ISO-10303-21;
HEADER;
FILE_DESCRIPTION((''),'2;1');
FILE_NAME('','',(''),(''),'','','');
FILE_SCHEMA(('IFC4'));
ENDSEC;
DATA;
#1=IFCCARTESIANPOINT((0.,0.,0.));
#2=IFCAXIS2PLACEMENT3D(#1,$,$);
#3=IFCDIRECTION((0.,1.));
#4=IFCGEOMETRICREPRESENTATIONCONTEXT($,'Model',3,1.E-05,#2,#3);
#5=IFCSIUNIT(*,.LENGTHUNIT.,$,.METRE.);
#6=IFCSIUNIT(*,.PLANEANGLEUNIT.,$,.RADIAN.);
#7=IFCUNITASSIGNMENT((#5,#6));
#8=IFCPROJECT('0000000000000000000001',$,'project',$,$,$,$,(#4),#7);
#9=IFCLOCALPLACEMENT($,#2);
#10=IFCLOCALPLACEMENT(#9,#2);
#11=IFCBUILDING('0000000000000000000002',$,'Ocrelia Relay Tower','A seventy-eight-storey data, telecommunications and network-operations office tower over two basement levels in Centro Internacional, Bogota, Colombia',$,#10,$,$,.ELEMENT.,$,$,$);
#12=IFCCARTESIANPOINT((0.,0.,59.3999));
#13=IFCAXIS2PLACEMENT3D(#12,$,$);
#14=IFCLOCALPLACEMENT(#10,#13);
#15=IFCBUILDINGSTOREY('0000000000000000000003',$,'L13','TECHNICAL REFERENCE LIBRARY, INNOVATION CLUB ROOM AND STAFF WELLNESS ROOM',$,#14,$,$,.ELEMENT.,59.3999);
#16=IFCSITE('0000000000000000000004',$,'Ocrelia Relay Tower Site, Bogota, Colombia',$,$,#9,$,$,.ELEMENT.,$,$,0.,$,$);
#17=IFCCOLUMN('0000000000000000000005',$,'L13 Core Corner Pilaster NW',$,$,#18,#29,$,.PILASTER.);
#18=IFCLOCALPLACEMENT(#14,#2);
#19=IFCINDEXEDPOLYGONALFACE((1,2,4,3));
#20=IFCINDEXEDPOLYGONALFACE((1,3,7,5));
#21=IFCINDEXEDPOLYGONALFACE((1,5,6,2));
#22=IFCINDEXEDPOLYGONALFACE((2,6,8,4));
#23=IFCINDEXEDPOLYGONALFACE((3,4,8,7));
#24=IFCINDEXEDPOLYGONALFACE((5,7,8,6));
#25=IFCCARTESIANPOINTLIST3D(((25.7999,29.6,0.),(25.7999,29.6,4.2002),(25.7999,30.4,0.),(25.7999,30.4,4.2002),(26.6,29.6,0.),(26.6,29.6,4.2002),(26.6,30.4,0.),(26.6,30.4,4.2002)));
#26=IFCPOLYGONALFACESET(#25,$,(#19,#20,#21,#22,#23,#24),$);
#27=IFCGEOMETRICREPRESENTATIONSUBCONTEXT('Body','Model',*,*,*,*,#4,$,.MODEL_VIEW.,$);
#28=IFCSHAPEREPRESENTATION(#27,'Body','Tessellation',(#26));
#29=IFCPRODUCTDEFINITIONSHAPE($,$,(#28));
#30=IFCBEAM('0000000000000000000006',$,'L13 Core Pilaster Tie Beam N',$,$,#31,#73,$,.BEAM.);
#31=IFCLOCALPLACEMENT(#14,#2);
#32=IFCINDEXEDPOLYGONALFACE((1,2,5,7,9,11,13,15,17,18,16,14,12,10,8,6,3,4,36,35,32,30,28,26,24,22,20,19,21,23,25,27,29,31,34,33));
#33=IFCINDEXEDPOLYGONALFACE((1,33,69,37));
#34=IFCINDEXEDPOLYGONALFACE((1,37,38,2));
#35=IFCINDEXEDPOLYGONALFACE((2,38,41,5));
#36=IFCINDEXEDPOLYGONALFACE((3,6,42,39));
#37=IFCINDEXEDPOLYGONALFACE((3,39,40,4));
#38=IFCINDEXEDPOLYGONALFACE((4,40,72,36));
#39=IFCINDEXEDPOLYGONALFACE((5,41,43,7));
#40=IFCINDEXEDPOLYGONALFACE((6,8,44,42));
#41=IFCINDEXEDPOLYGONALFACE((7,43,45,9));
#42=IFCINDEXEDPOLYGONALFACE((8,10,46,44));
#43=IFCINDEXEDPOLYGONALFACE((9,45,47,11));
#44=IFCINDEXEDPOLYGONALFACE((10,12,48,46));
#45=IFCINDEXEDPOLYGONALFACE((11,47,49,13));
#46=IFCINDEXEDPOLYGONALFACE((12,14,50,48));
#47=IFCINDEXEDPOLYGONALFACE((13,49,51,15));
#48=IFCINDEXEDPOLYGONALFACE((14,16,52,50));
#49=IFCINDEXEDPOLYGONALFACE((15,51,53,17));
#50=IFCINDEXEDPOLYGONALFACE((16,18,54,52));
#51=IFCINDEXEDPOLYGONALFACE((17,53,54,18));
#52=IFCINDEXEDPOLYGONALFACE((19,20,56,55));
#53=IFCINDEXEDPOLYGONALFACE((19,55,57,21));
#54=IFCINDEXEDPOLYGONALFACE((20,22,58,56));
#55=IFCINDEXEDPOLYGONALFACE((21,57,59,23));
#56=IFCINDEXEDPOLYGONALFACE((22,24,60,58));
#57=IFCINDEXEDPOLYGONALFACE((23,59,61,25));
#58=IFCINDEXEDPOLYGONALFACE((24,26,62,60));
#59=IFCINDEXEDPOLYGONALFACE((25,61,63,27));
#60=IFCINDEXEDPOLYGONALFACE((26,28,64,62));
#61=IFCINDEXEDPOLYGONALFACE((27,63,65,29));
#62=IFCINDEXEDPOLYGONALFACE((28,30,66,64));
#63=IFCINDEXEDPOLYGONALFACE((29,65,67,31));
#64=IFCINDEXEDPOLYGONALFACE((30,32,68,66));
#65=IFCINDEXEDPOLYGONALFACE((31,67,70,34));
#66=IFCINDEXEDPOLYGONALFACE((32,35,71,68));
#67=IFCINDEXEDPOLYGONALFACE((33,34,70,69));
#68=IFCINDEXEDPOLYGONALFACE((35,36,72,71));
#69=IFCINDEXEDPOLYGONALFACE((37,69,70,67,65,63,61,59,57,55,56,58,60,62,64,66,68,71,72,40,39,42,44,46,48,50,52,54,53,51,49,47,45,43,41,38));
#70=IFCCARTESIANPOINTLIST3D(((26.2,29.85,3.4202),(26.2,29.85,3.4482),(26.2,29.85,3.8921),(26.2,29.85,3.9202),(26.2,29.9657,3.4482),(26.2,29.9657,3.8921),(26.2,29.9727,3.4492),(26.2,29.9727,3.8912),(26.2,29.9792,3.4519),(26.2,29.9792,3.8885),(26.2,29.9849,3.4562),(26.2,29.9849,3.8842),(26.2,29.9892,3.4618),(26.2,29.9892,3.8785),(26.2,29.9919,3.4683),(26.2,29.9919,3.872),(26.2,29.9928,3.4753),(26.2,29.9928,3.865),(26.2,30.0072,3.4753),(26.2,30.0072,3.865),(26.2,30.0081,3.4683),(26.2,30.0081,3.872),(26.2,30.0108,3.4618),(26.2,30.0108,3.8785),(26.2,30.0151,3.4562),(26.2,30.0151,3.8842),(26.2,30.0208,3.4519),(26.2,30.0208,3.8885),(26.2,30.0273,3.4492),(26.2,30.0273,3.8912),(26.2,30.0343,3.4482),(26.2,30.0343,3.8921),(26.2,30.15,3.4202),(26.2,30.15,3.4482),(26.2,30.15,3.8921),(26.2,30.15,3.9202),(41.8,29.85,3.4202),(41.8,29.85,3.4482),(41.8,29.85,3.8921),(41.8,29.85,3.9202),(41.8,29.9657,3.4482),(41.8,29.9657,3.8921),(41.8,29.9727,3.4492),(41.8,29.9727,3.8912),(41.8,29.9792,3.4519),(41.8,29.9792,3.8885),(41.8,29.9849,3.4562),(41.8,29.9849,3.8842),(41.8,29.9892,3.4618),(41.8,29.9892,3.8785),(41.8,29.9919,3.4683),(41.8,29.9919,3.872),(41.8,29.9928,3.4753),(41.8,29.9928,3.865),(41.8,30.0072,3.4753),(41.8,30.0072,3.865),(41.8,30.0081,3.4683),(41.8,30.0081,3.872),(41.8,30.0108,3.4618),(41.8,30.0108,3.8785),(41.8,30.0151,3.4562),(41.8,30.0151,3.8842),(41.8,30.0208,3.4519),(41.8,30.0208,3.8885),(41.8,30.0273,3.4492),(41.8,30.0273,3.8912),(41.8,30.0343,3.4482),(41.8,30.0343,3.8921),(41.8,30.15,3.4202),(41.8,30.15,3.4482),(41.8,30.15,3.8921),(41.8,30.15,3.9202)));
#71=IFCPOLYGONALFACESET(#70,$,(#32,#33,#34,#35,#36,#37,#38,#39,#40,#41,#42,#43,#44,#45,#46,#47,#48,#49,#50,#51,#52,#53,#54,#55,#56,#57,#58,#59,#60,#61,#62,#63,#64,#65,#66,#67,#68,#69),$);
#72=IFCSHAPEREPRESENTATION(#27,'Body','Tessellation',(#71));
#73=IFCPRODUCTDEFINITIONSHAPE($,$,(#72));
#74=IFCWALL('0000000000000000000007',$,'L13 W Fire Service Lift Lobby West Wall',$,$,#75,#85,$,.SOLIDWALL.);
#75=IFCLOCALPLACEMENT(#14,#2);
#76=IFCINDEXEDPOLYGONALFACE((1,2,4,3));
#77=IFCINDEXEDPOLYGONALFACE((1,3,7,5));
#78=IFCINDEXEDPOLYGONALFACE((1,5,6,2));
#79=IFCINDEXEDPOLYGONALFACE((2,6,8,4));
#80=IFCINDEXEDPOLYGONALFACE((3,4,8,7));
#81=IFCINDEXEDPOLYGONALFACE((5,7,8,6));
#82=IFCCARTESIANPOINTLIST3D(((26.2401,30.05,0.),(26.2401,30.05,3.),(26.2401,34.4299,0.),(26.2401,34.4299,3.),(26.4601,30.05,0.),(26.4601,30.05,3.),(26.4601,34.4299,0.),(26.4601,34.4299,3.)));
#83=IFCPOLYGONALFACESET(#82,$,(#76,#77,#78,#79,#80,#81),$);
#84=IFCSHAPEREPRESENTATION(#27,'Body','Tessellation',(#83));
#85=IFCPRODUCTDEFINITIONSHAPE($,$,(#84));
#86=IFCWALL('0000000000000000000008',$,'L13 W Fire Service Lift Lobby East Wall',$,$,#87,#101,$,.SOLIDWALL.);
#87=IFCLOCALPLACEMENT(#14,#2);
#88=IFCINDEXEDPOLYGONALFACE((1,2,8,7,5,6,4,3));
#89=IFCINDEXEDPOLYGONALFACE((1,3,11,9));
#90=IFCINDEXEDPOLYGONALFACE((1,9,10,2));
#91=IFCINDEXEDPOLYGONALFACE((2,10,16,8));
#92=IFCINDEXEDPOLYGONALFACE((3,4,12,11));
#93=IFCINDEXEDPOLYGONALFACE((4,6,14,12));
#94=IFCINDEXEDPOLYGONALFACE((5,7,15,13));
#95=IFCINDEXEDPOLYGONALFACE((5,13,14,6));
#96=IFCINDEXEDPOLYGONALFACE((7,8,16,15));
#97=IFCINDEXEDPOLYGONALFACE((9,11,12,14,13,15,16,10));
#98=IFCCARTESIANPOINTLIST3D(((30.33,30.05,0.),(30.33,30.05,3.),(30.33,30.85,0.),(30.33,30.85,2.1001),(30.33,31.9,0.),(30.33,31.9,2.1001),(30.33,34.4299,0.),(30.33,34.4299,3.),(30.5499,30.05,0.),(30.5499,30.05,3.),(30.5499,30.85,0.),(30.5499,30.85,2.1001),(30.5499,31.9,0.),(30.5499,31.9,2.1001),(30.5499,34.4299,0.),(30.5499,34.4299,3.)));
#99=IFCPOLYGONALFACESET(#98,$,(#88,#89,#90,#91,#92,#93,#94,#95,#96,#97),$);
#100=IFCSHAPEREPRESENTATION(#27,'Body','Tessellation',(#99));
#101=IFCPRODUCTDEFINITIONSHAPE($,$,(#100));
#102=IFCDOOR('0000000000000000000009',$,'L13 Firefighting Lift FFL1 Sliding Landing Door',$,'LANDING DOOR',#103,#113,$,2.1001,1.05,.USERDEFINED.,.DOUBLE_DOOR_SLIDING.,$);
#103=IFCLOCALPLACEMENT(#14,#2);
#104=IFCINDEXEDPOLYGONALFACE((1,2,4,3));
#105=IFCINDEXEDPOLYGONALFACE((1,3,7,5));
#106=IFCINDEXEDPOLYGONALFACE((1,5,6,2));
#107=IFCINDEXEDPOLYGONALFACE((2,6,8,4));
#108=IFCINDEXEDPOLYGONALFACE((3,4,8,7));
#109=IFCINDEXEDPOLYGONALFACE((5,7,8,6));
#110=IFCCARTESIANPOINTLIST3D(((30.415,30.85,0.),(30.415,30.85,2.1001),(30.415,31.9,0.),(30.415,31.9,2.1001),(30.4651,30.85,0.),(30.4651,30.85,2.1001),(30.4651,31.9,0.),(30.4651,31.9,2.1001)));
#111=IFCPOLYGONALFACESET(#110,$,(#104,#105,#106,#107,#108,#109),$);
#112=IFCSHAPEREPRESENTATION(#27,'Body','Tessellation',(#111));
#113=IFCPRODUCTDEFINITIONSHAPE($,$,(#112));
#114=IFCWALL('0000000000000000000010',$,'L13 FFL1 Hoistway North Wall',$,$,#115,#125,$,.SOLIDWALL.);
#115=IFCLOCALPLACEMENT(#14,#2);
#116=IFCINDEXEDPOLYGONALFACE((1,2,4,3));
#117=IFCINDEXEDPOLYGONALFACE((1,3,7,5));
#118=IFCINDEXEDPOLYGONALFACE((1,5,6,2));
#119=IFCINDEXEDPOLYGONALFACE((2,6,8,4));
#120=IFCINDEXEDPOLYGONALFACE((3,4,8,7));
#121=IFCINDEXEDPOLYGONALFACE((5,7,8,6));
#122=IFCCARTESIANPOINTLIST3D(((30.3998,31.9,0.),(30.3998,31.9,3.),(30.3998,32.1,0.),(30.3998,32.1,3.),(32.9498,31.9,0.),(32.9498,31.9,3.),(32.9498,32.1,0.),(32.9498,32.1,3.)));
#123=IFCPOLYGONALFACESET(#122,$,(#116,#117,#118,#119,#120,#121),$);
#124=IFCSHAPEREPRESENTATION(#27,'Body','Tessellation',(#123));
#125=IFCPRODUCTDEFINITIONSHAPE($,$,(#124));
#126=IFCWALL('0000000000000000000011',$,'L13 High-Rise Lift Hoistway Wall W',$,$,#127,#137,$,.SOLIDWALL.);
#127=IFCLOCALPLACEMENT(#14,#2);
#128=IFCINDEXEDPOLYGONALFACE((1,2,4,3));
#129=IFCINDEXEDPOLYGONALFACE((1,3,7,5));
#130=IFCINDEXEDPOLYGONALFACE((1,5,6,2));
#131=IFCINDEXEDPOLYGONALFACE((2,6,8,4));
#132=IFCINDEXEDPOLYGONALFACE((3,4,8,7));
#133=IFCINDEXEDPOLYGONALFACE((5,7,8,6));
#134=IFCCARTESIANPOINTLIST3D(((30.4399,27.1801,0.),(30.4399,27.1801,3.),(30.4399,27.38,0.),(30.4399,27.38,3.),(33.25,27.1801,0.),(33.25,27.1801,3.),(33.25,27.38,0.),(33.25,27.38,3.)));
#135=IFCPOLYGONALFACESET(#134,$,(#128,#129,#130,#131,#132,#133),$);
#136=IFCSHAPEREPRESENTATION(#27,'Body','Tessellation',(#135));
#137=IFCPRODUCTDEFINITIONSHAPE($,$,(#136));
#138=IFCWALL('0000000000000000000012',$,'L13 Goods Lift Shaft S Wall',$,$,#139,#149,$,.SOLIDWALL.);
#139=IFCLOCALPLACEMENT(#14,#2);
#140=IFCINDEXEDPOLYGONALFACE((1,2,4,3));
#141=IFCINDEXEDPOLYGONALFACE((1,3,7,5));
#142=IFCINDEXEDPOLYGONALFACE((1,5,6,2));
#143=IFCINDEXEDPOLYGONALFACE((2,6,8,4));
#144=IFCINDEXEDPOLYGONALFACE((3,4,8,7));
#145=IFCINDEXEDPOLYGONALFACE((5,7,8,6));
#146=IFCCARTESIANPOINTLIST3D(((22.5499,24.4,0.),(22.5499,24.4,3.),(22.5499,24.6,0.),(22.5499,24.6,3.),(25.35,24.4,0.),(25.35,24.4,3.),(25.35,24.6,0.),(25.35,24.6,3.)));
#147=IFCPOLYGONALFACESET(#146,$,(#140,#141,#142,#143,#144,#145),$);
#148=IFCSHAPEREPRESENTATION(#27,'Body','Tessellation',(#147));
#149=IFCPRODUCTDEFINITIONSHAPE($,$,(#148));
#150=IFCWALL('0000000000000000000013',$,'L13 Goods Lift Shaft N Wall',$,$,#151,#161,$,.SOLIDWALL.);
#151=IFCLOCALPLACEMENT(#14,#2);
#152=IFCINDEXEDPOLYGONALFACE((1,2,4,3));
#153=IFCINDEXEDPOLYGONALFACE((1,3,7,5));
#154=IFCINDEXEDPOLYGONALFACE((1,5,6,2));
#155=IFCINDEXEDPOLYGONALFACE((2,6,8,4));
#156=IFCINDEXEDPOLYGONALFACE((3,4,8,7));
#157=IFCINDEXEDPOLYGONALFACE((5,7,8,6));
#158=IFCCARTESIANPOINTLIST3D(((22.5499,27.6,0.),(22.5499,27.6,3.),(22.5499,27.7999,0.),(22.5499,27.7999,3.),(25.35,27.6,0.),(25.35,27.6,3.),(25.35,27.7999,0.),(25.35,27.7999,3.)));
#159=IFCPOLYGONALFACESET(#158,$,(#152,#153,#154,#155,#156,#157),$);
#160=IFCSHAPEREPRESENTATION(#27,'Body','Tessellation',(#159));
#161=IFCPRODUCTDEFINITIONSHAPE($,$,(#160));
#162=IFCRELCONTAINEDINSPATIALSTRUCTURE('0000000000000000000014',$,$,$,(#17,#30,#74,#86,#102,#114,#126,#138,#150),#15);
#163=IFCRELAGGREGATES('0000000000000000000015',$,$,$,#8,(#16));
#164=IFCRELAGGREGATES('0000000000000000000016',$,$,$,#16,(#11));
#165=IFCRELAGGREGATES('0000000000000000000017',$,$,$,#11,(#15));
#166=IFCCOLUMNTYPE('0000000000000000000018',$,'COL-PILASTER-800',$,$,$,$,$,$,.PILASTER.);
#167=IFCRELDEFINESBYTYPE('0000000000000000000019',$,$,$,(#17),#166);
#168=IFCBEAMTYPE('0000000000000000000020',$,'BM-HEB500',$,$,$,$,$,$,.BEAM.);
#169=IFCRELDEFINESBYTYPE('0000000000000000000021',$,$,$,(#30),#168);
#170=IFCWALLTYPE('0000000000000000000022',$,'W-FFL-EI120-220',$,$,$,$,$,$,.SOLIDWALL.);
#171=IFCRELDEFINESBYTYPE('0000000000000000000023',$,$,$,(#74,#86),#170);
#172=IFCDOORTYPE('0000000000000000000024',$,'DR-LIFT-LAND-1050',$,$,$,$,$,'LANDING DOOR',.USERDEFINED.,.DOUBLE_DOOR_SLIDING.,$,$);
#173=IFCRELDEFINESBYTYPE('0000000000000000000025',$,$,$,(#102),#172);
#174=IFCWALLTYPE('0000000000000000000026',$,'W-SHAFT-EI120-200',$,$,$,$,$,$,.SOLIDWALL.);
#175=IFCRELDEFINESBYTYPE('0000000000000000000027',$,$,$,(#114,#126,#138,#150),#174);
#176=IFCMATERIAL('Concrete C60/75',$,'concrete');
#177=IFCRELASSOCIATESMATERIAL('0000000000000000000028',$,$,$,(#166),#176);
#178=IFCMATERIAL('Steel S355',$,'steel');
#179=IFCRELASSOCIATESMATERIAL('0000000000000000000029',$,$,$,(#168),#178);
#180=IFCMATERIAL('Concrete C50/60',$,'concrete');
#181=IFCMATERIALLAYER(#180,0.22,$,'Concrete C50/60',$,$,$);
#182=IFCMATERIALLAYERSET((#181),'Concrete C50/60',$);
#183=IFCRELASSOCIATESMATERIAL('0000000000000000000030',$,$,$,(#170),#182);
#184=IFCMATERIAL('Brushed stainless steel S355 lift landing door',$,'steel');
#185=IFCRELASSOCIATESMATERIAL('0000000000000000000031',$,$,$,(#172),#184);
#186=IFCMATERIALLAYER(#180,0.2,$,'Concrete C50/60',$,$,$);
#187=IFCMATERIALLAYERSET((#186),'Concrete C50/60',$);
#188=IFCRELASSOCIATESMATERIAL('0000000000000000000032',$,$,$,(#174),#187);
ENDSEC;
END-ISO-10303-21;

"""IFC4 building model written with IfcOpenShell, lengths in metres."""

from ifc_helpers import new_model, si_unit, direction, frame, frame_2d, origin, origin_2d, place, context, subcontext, project, spatial, rectangle, i_section, extrude, material, layer, layer_set, material_profile, profile_set, type_object, element, fill, save


model = new_model("IFC4")

# Units and contexts
model_context = context("Model", 3, precision=1e-05, world=origin(), true_north=direction((0.0, 1.0)))
body_context = subcontext(model_context, "Body", "Model", "MODEL_VIEW")
ifc_project = project(units=[si_unit("LENGTHUNIT", "METRE"), si_unit("PLANEANGLEUNIT", "RADIAN")], contexts=[model_context])

# Site, building, storey
site_placement = place(None, origin())
site = spatial("IfcSite", under=ifc_project, at=site_placement, Name="Ocrelia Relay Tower Site, Bogota, Colombia", CompositionType="ELEMENT", RefElevation=0.0)
building_placement = place(site_placement, origin())
building = spatial("IfcBuilding", under=site, at=building_placement, Name="Ocrelia Relay Tower", Description="A seventy-eight-storey data, telecommunications and network-operations office tower over two basement levels in Centro Internacional, Bogota, Colombia", CompositionType="ELEMENT")
storey_placement = place(building_placement, frame((0.0, 0.0, 59.3999)))
storey = spatial("IfcBuildingStorey", under=building, at=storey_placement, Name="L13", Description="TECHNICAL REFERENCE LIBRARY, INNOVATION CLUB ROOM AND STAFF WELLNESS ROOM", CompositionType="ELEMENT", Elevation=59.3999)

# Column
ifc_material_1 = material(Name="Concrete C60/75", Category="concrete")
ifc_material_profile_1 = material_profile(ifc_material_1, rectangle(XDim=0.8, YDim=0.8, at=origin_2d()), Name="RC-COL-800x800")
ifc_profile_set_1 = profile_set([ifc_material_profile_1], Name="Concrete C60/75")
column_type = type_object("IfcColumnType", Name="COL-PILASTER-800", PredefinedType="PILASTER", material=ifc_profile_set_1)
column_placement = place(storey_placement, frame((26.2, 30.0, 0.0), z_axis=(0.0, 0.0, 1.0), x_axis=(1.0, 0.0, 0.0)))
element("IfcColumn", 1, at=column_placement, inside=storey, type_object=column_type, Name="L13 Core Corner Pilaster NW", PredefinedType="PILASTER", context=body_context, shape_type="SweptSolid", body=[
    extrude(rectangle(XDim=0.8, YDim=0.8, at=origin_2d()), origin(), (0.0, 0.0, 1.0), 4.2002),
])

# Beam
ifc_material_2 = material(Name="Steel S355", Category="steel")
ifc_material_profile_2 = material_profile(ifc_material_2, i_section(OverallWidth=0.3, OverallDepth=0.5, WebThickness=0.0144, FlangeThickness=0.0281, FilletRadius=0.0271, at=origin_2d()), Name="HEB 500")
ifc_profile_set_2 = profile_set([ifc_material_profile_2], Name="Steel S355")
beam_type = type_object("IfcBeamType", Name="BM-HEB500", PredefinedType="BEAM", material=ifc_profile_set_2)
beam_placement = place(storey_placement, frame((26.2, 30.0, 3.6702), z_axis=(1.0, 0.0, 0.0), x_axis=(0.0, 1.0, 0.0)))
element("IfcBeam", 2, at=beam_placement, inside=storey, type_object=beam_type, Name="L13 Core Pilaster Tie Beam N", PredefinedType="BEAM", context=body_context, shape_type="SweptSolid", body=[
    extrude(i_section(OverallWidth=0.3, OverallDepth=0.5, WebThickness=0.0144, FlangeThickness=0.0281, FilletRadius=0.0271, at=origin_2d()), origin(), (0.0, 0.0, 1.0), 15.6001),
])

# Wall
ifc_material_3 = material(Name="Concrete C50/60", Category="concrete")
ifc_layer_1 = layer(ifc_material_3, 0.22, Name="Concrete C50/60")
ifc_layer_set_1 = layer_set([ifc_layer_1], Name="Concrete C50/60")
wall_type_1 = type_object("IfcWallType", Name="W-FFL-EI120-220", PredefinedType="SOLIDWALL", material=ifc_layer_set_1)
wall_1_placement = place(storey_placement, frame((26.3501, 30.05, 0.0), z_axis=(0.0, 0.0, 1.0), x_axis=(0.0, 1.0, 0.0)))
element("IfcWall", 3, at=wall_1_placement, inside=storey, type_object=wall_type_1, Name="L13 W Fire Service Lift Lobby West Wall", PredefinedType="SOLIDWALL", context=body_context, shape_type="SweptSolid", body=[
    extrude(rectangle(XDim=4.3799, YDim=0.22, at=frame_2d((2.1899, 0.0))), origin(), (0.0, 0.0, 1.0), 3.0),
])

# Wall, opening, door
wall_2_placement = place(storey_placement, frame((30.4399, 30.05, 0.0), z_axis=(0.0, 0.0, 1.0), x_axis=(0.0, 1.0, 0.0)))
wall_2 = element("IfcWall", 4, at=wall_2_placement, inside=storey, type_object=wall_type_1, Name="L13 W Fire Service Lift Lobby East Wall", PredefinedType="SOLIDWALL", context=body_context, shape_type="SweptSolid", body=[
    extrude(rectangle(XDim=4.3799, YDim=0.22, at=frame_2d((2.1899, 0.0))), origin(), (0.0, 0.0, 1.0), 3.0),
])
opening_1_placement = place(wall_2_placement, frame((0.8, 0.0, 0.0)))
opening_1 = element("IfcOpeningElement", 5, at=opening_1_placement, cuts=wall_2, PredefinedType="OPENING", context=body_context, shape_type="SweptSolid", body=[
    extrude(rectangle(XDim=1.05, YDim=2.1001, at=frame_2d((0.5249, 1.05))), frame((0.0, 0.1201, 0.0), z_axis=(0.0, -1.0, 0.0), x_axis=(1.0, 0.0, 0.0)), (0.0, 0.0, 1.0), 0.24),
])
ifc_material_4 = material(Name="Brushed stainless steel S355 lift landing door", Category="steel")
door_type_1 = type_object("IfcDoorType", Name="DR-LIFT-LAND-1050", ElementType="LANDING DOOR", OperationType="DOUBLE_DOOR_SLIDING", PredefinedType="USERDEFINED", material=ifc_material_4)
door_1_placement = place(opening_1_placement, origin())
door_1 = element("IfcDoor", 6, at=door_1_placement, inside=storey, type_object=door_type_1, Name="L13 Firefighting Lift FFL1 Sliding Landing Door", ObjectType="LANDING DOOR", OperationType="DOUBLE_DOOR_SLIDING", OverallHeight=2.1001, OverallWidth=1.05, PredefinedType="USERDEFINED", context=body_context, shape_type="SweptSolid", body=[
    extrude(rectangle(XDim=1.05, YDim=2.1001, at=frame_2d((0.5249, 1.05))), frame((0.0, 0.0249, 0.0), z_axis=(0.0, -1.0, 0.0), x_axis=(1.0, 0.0, 0.0)), (0.0, 0.0, 1.0), 0.05),
])
fill(opening_1, door_1)

# Walls
ifc_layer_2 = layer(ifc_material_3, 0.2, Name="Concrete C50/60")
ifc_layer_set_2 = layer_set([ifc_layer_2], Name="Concrete C50/60")
wall_type_2 = type_object("IfcWallType", Name="W-SHAFT-EI120-200", PredefinedType="SOLIDWALL", material=ifc_layer_set_2)
wall_3_placement = place(storey_placement, frame((30.3999, 32.0, 0.0), z_axis=(0.0, 0.0, 1.0), x_axis=(1.0, 0.0, 0.0)))
element("IfcWall", 7, at=wall_3_placement, inside=storey, type_object=wall_type_2, Name="L13 FFL1 Hoistway North Wall", PredefinedType="SOLIDWALL", context=body_context, shape_type="SweptSolid", body=[
    extrude(rectangle(XDim=2.55, YDim=0.2, at=frame_2d((1.2749, 0.0))), origin(), (0.0, 0.0, 1.0), 3.0),
])
wall_4_placement = place(storey_placement, frame((30.4399, 27.28, 0.0), z_axis=(0.0, 0.0, 1.0), x_axis=(1.0, 0.0, 0.0)))
element("IfcWall", 8, at=wall_4_placement, inside=storey, type_object=wall_type_2, Name="L13 High-Rise Lift Hoistway Wall W", PredefinedType="SOLIDWALL", context=body_context, shape_type="SweptSolid", body=[
    extrude(rectangle(XDim=2.8101, YDim=0.2, at=frame_2d((1.405, 0.0))), origin(), (0.0, 0.0, 1.0), 3.0),
])
for number, where, z_axis, x_axis, name in (
    (9, (22.55, 24.5, 0.0), (0.0, 0.0, 1.0), (1.0, 0.0, 0.0), "L13 Goods Lift Shaft S Wall"),
    (10, (22.55, 27.7, 0.0), (0.0, 0.0, 1.0), (1.0, 0.0, 0.0), "L13 Goods Lift Shaft N Wall"),
):
    element("IfcWall", number, at=place(storey_placement, frame(where, z_axis=z_axis, x_axis=x_axis)), inside=storey, type_object=wall_type_2, Name=name, PredefinedType="SOLIDWALL", context=body_context, shape_type="SweptSolid", body=[
        extrude(rectangle(XDim=2.8, YDim=0.2, at=frame_2d((1.3999, 0.0))), origin(), (0.0, 0.0, 1.0), 3.0),
    ])

save(model, "model.ifc")
